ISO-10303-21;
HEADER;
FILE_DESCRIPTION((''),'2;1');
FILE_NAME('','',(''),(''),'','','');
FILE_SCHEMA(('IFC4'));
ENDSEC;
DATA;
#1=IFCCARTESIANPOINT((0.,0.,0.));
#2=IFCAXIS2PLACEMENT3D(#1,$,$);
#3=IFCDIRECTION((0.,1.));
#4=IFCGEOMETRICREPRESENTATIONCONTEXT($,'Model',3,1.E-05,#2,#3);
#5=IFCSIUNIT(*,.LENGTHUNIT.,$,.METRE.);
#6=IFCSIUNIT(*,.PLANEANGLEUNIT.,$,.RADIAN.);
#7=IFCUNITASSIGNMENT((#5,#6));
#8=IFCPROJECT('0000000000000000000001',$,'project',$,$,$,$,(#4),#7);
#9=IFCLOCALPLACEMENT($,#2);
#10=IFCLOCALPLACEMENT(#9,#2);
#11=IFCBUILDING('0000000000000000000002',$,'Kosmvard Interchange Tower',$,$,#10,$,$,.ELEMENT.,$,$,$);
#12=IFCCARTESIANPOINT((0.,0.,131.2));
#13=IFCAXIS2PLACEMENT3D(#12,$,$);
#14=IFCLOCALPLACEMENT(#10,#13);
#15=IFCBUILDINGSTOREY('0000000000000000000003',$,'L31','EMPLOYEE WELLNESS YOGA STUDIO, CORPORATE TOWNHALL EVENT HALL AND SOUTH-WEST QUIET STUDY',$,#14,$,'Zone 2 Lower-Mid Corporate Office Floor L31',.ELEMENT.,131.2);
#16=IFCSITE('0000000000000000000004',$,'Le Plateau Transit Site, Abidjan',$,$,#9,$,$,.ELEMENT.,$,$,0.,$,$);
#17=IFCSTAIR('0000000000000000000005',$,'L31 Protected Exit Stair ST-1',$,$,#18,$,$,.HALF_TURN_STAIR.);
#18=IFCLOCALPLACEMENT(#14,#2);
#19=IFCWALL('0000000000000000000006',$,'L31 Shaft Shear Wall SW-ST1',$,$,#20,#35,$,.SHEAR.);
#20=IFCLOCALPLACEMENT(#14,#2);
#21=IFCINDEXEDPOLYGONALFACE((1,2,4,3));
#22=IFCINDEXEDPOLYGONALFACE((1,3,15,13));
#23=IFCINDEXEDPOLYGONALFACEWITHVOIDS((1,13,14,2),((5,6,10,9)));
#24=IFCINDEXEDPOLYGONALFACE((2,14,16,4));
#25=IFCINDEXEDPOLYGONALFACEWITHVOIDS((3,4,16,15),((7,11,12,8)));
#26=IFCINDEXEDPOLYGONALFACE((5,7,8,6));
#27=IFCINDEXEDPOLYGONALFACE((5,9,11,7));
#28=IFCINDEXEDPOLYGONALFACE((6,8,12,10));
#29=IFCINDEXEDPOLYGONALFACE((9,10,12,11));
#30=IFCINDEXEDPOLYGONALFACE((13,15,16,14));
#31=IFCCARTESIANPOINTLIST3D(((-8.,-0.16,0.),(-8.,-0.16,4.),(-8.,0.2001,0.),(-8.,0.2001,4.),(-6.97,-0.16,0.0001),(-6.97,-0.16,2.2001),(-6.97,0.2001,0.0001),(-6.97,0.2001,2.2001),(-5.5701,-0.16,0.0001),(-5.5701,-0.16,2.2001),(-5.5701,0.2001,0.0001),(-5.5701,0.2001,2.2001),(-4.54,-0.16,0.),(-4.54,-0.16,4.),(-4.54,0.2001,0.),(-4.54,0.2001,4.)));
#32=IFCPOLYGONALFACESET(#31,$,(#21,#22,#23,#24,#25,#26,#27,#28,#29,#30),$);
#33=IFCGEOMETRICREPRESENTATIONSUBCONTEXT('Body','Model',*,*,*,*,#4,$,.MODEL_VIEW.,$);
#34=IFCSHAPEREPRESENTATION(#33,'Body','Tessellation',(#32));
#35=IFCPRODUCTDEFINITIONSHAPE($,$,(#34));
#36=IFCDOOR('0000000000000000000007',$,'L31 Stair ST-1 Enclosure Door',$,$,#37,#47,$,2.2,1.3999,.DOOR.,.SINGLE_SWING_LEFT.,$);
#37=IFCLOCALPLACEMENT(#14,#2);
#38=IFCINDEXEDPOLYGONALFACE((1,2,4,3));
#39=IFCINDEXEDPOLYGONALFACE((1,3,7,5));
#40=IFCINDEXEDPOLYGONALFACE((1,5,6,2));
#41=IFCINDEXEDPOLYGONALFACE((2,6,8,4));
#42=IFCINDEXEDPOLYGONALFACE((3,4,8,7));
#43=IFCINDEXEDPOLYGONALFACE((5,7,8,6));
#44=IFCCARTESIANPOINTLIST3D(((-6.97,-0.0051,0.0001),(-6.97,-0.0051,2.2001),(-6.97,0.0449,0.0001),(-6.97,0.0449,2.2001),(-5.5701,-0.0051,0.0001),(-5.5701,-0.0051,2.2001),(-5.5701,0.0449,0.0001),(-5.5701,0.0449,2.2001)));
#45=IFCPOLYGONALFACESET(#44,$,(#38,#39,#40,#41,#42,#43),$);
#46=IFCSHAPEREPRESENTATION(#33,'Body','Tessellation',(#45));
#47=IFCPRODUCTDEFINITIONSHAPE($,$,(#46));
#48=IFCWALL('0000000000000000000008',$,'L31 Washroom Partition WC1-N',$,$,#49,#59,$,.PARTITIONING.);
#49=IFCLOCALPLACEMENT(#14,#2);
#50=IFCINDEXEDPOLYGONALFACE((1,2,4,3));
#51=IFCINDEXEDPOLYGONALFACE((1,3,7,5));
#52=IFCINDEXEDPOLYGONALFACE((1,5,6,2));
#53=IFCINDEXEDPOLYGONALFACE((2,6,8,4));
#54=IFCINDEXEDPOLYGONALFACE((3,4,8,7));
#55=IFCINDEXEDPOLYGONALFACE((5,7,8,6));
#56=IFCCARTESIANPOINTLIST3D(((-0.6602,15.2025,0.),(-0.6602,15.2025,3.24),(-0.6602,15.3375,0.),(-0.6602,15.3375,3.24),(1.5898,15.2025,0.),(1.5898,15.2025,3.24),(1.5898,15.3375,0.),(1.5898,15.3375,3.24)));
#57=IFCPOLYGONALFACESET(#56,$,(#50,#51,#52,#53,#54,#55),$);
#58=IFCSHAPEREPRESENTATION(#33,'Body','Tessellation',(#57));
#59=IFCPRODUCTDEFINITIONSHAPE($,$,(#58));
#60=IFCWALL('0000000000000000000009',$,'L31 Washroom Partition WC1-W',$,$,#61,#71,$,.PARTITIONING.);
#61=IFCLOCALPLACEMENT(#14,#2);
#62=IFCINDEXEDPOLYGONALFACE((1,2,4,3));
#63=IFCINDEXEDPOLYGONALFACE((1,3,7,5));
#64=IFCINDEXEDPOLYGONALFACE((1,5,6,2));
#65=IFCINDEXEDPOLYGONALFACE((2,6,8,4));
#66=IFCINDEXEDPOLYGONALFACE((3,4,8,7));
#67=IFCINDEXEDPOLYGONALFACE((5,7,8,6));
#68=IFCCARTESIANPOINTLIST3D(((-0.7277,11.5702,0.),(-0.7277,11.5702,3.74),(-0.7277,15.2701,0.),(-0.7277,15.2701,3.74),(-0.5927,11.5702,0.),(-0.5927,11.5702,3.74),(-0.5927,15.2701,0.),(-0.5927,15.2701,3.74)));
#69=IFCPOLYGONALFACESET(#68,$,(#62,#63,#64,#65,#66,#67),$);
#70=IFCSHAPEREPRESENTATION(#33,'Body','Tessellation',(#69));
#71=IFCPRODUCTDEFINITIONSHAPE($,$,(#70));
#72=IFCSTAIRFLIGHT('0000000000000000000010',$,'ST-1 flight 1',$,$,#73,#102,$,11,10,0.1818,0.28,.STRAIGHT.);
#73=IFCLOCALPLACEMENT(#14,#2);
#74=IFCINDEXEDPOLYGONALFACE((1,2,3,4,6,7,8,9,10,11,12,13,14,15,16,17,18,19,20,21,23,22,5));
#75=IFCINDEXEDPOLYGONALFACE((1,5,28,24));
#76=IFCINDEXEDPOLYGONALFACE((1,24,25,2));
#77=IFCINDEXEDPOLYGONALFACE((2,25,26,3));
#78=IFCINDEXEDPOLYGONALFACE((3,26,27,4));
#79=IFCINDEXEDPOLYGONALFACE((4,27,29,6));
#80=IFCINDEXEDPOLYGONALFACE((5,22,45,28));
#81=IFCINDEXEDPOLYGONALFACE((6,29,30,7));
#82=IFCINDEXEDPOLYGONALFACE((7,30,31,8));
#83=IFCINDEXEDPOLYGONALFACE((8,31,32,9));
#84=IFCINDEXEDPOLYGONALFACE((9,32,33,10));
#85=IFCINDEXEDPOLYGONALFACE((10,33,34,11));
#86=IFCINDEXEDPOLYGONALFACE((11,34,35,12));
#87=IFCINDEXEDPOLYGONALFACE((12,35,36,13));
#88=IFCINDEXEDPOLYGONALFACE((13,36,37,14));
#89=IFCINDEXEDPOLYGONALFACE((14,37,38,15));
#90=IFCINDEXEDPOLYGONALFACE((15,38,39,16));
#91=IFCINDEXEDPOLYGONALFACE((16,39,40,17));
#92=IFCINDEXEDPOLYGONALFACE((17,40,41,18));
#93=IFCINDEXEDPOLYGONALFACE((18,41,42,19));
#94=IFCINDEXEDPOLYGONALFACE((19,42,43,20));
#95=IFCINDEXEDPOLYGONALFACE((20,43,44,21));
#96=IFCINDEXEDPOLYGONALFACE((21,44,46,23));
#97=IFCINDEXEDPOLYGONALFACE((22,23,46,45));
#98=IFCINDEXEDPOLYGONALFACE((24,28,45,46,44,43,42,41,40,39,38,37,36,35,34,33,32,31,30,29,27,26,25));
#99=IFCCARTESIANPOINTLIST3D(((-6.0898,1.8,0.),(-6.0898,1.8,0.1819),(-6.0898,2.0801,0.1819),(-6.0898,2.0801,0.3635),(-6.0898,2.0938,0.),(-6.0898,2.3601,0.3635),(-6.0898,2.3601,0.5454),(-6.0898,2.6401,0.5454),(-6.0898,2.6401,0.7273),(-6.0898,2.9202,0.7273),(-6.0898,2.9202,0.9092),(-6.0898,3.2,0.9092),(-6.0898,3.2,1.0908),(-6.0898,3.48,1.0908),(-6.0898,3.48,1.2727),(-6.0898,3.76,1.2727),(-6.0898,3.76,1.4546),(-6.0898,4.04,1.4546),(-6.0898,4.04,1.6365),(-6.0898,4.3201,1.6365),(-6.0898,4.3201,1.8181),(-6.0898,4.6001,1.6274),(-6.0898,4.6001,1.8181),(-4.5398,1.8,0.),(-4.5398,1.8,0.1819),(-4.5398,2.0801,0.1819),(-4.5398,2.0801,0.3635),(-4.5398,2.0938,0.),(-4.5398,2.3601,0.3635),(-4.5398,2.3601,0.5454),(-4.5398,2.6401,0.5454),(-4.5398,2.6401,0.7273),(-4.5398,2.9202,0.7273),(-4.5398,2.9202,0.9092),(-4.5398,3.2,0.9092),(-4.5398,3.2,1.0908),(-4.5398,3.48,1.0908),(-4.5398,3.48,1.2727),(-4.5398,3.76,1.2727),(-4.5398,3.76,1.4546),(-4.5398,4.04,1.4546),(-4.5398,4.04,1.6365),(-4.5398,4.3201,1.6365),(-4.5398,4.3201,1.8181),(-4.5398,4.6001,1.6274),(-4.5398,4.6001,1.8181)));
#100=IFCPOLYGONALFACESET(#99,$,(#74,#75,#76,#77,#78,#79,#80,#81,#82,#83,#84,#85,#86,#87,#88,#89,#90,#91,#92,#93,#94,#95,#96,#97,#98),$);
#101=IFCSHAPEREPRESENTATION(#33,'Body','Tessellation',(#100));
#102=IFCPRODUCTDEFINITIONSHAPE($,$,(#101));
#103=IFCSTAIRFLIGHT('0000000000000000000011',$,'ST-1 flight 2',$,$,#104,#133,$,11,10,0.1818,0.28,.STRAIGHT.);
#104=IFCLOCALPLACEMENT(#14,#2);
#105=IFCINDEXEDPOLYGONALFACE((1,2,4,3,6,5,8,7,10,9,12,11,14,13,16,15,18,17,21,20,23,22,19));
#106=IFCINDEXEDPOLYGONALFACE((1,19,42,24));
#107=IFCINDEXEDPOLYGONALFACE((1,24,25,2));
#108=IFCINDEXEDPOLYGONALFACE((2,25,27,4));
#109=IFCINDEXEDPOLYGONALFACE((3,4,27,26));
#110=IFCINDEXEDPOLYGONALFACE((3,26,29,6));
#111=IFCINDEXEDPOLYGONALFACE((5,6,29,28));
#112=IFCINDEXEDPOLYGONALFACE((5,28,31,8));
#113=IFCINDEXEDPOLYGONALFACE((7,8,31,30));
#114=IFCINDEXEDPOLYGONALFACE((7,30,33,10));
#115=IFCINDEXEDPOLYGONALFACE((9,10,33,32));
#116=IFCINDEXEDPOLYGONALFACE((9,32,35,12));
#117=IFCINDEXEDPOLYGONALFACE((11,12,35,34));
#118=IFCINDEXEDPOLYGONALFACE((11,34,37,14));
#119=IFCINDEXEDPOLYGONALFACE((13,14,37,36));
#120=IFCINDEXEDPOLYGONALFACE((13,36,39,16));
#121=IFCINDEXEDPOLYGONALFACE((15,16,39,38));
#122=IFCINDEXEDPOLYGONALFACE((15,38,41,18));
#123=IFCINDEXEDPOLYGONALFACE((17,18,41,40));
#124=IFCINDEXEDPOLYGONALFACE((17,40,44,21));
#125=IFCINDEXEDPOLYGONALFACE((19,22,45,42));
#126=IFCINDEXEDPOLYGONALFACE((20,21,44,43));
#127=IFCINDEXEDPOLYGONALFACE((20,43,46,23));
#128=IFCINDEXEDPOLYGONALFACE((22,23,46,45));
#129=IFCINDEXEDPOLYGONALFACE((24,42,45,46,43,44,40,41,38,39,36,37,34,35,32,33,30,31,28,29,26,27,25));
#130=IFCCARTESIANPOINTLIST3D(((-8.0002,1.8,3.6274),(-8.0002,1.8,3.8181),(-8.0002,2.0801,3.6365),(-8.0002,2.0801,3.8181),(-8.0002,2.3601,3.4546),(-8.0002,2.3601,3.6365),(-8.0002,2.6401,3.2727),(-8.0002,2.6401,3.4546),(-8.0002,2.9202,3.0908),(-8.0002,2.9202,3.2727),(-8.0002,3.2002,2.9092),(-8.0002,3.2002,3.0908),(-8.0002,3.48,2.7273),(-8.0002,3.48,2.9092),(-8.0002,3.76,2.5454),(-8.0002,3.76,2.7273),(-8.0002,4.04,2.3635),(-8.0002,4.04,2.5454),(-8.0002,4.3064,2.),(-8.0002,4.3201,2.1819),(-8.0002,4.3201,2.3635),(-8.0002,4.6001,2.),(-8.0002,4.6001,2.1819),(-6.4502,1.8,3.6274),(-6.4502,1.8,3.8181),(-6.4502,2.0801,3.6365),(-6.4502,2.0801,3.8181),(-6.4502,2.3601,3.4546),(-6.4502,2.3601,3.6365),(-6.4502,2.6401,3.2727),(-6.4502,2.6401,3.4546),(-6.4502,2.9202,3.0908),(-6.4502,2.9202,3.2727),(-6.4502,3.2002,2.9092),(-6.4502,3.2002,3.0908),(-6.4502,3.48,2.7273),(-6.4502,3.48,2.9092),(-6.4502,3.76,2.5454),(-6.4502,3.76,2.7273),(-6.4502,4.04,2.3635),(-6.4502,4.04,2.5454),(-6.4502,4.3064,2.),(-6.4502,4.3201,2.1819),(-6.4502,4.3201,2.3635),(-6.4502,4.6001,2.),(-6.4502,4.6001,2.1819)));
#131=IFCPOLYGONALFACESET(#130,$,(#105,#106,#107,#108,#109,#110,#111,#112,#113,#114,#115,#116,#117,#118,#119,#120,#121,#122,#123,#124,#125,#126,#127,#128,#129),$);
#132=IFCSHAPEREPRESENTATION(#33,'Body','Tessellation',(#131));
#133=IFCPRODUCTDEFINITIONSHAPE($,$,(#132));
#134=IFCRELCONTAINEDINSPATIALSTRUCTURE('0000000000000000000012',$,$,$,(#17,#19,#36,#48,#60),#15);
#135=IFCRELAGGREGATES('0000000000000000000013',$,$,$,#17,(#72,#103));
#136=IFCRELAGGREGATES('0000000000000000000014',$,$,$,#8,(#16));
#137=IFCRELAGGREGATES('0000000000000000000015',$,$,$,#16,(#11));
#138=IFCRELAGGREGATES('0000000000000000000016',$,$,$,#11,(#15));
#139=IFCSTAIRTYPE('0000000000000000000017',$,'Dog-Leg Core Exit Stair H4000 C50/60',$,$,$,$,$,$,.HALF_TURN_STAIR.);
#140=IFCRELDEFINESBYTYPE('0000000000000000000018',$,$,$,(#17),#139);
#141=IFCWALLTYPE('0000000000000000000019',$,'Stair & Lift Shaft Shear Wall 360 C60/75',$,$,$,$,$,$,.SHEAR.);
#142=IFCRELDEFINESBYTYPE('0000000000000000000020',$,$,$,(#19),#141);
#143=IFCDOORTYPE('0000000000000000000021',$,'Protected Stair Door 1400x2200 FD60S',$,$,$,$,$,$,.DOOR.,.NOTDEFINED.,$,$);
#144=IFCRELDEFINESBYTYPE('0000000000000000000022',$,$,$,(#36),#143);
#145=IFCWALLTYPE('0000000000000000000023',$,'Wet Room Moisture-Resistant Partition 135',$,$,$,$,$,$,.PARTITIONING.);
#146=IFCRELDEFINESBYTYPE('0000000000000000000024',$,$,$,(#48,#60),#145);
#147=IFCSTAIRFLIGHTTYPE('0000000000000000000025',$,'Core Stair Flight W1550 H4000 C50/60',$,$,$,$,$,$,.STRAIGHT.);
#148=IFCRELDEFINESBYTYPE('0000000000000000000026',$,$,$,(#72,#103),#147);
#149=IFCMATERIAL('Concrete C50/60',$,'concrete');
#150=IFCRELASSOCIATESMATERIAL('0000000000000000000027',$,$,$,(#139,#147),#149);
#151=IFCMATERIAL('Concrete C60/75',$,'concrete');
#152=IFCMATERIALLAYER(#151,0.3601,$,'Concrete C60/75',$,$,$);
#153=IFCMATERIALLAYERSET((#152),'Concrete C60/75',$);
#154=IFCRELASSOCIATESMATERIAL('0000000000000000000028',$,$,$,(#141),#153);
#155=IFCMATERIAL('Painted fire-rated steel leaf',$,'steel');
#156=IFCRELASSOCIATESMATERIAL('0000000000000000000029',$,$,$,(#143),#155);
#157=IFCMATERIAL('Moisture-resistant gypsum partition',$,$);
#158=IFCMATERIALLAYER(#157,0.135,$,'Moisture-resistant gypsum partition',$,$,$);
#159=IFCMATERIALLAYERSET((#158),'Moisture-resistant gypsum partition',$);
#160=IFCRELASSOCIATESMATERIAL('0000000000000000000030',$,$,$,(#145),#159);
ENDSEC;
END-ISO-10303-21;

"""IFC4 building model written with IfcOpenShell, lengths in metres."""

from ifc_helpers import new_model, si_unit, direction, frame, frame_2d, origin, place, context, subcontext, project, spatial, polyline, rectangle, outline, extrude, source, transform, mapped, material, layer, layer_set, type_object, element, fill, aggregate, save


model = new_model("IFC4")

# Units and contexts
model_context = context("Model", 3, precision=1e-05, world=origin(), true_north=direction((0.0, 1.0)))
body_context = subcontext(model_context, "Body", "Model", "MODEL_VIEW")
ifc_project = project(units=[si_unit("LENGTHUNIT", "METRE"), si_unit("PLANEANGLEUNIT", "RADIAN")], contexts=[model_context])

# Site, building, storey
site_placement = place(None, origin())
site = spatial("IfcSite", under=ifc_project, at=site_placement, Name="Le Plateau Transit Site, Abidjan", CompositionType="ELEMENT", RefElevation=0.0)
building_placement = place(site_placement, origin())
building = spatial("IfcBuilding", under=site, at=building_placement, Name="Kosmvard Interchange Tower", CompositionType="ELEMENT")
storey_placement = place(building_placement, frame((0.0, 0.0, 131.2)))
storey = spatial("IfcBuildingStorey", under=building, at=storey_placement, Name="L31", Description="EMPLOYEE WELLNESS YOGA STUDIO, CORPORATE TOWNHALL EVENT HALL AND SOUTH-WEST QUIET STUDY", LongName="Zone 2 Lower-Mid Corporate Office Floor L31", CompositionType="ELEMENT", Elevation=131.2)

# Shared definitions
ifc_material_1 = material(Name="Concrete C60/75", Category="concrete")

# Stair
ifc_material_2 = material(Name="Concrete C50/60", Category="concrete")
stair_type = type_object("IfcStairType", Name="Dog-Leg Core Exit Stair H4000 C50/60", PredefinedType="HALF_TURN_STAIR", material=ifc_material_2)
stair_placement = place(storey_placement, origin())
stair = element("IfcStair", 1, at=stair_placement, inside=storey, type_object=stair_type, Name="L31 Protected Exit Stair ST-1", PredefinedType="HALF_TURN_STAIR")

# Wall, opening, door
ifc_layer_1 = layer(ifc_material_1, 0.3601, Name="Concrete C60/75")
ifc_layer_set_1 = layer_set([ifc_layer_1], Name="Concrete C60/75")
wall_type_1 = type_object("IfcWallType", Name="Stair & Lift Shaft Shear Wall 360 C60/75", PredefinedType="SHEAR", material=ifc_layer_set_1)
wall_1_placement = place(storey_placement, frame((-8.0, 0.02, 0.0), z_axis=(0.0, 0.0, 1.0), x_axis=(1.0, 0.0, 0.0)))
wall_1 = element("IfcWall", 2, at=wall_1_placement, inside=storey, type_object=wall_type_1, Name="L31 Shaft Shear Wall SW-ST1", PredefinedType="SHEAR", context=body_context, shape_type="SweptSolid", body=[
    extrude(rectangle(XDim=3.46, YDim=0.3601, at=frame_2d((1.73, 0.0))), origin(), (0.0, 0.0, 1.0), 4.0),
])
opening_1_placement = place(wall_1_placement, frame((1.03, 0.0, 0.0)))
opening_1 = element("IfcOpeningElement", 3, at=opening_1_placement, cuts=wall_1, PredefinedType="OPENING", context=body_context, shape_type="SweptSolid", body=[
    extrude(rectangle(XDim=1.3999, YDim=2.2, at=frame_2d((0.7, 1.1001))), frame((0.0, 0.1899, 0.0), z_axis=(0.0, -1.0, 0.0), x_axis=(1.0, 0.0, 0.0)), (0.0, 0.0, 1.0), 0.3801),
])
ifc_material_3 = material(Name="Painted fire-rated steel leaf", Category="steel")
door_type_1 = type_object("IfcDoorType", Name="Protected Stair Door 1400x2200 FD60S", OperationType="NOTDEFINED", PredefinedType="DOOR", material=ifc_material_3)
shared_shape_1 = source(origin(), body_context, "Body", "SweptSolid", [
    extrude(rectangle(XDim=1.3999, YDim=2.2, at=frame_2d((0.7, 1.1001))), frame((0.0, 0.0249, 0.0), z_axis=(0.0, -1.0, 0.0), x_axis=(1.0, 0.0, 0.0)), (0.0, 0.0, 1.0), 0.05),
])
door_1_placement = place(opening_1_placement, origin())
door_1 = element("IfcDoor", 4, at=door_1_placement, inside=storey, type_object=door_type_1, Name="L31 Stair ST-1 Enclosure Door", OperationType="SINGLE_SWING_LEFT", OverallHeight=2.2, OverallWidth=1.3999, PredefinedType="DOOR", context=body_context, shape_type="MappedRepresentation", body=[
    mapped(shared_shape_1, transform((0.0, 0.0, 0.0), scale=1.0)),
])
fill(opening_1, door_1)

# Walls
ifc_material_4 = material(Name="Moisture-resistant gypsum partition")
ifc_layer_2 = layer(ifc_material_4, 0.135, Name="Moisture-resistant gypsum partition")
ifc_layer_set_2 = layer_set([ifc_layer_2], Name="Moisture-resistant gypsum partition")
wall_type_2 = type_object("IfcWallType", Name="Wet Room Moisture-Resistant Partition 135", PredefinedType="PARTITIONING", material=ifc_layer_set_2)
wall_2_placement = place(storey_placement, frame((-0.6602, 15.27, 0.0), z_axis=(0.0, 0.0, 1.0), x_axis=(1.0, 0.0, 0.0)))
element("IfcWall", 5, at=wall_2_placement, inside=storey, type_object=wall_type_2, Name="L31 Washroom Partition WC1-N", PredefinedType="PARTITIONING", context=body_context, shape_type="SweptSolid", body=[
    extrude(rectangle(XDim=2.25, YDim=0.135, at=frame_2d((1.125, 0.0))), origin(), (0.0, 0.0, 1.0), 3.24),
])
wall_3_placement = place(storey_placement, frame((-0.6602, 11.5701, 0.0), z_axis=(0.0, 0.0, 1.0), x_axis=(0.0, 1.0, 0.0)))
element("IfcWall", 6, at=wall_3_placement, inside=storey, type_object=wall_type_2, Name="L31 Washroom Partition WC1-W", PredefinedType="PARTITIONING", context=body_context, shape_type="SweptSolid", body=[
    extrude(rectangle(XDim=3.7, YDim=0.135, at=frame_2d((1.8501, 0.0))), origin(), (0.0, 0.0, 1.0), 3.74),
])

# Stair flights
stair_flight_type = type_object("IfcStairFlightType", Name="Core Stair Flight W1550 H4000 C50/60", PredefinedType="STRAIGHT", material=ifc_material_2)
shared_shape_2 = source(origin(), body_context, "Body", "SweptSolid", [
    extrude(outline(polyline([(0.0, 0.0), (0.0, 0.1819), (0.28, 0.1819), (0.28, 0.3635), (0.5601, 0.3635), (0.5601, 0.5454), (0.8401, 0.5454), (0.8401, 0.7273), (1.1201, 0.7273), (1.1201, 0.9092), (1.3999, 0.9092), (1.3999, 1.0908), (1.6799, 1.0908), (1.6799, 1.2727), (1.96, 1.2727), (1.96, 1.4546), (2.24, 1.4546), (2.24, 1.6365), (2.52, 1.6365), (2.52, 1.8181), (2.8, 1.8181), (2.8, 2.0), (2.8, 1.6274), (0.2937, 0.0), (0.0, 0.0)])), frame((0.0, 0.7749, 0.0), z_axis=(0.0, -1.0, 0.0), x_axis=(1.0, 0.0, 0.0)), (0.0, 0.0, 1.0), 1.55),
])
stair_flight_1_placement = place(storey_placement, frame((-5.3149, 1.8, 0.0), z_axis=(0.0, 0.0, 1.0), x_axis=(0.0, 1.0, 0.0)))
stair_flight_1 = element("IfcStairFlight", 7, at=stair_flight_1_placement, type_object=stair_flight_type, Name="ST-1 flight 1", NumberOfRisers=11, NumberOfTreads=10, PredefinedType="STRAIGHT", RiserHeight=0.1818, TreadLength=0.28, context=body_context, shape_type="MappedRepresentation", body=[
    mapped(shared_shape_2, transform((0.0, 0.0, 0.0), scale=1.0)),
])
stair_flight_2_placement = place(storey_placement, frame((-7.2251, 4.6001, 2.0), z_axis=(0.0, 0.0, 1.0), x_axis=(0.0, -1.0, 0.0)))
stair_flight_2 = element("IfcStairFlight", 8, at=stair_flight_2_placement, type_object=stair_flight_type, Name="ST-1 flight 2", NumberOfRisers=11, NumberOfTreads=10, PredefinedType="STRAIGHT", RiserHeight=0.1818, TreadLength=0.28, context=body_context, shape_type="MappedRepresentation", body=[
    mapped(shared_shape_2, transform((0.0, 0.0, 0.0), scale=1.0)),
])
aggregate(stair, [stair_flight_1, stair_flight_2])

save(model, "model.ifc")
